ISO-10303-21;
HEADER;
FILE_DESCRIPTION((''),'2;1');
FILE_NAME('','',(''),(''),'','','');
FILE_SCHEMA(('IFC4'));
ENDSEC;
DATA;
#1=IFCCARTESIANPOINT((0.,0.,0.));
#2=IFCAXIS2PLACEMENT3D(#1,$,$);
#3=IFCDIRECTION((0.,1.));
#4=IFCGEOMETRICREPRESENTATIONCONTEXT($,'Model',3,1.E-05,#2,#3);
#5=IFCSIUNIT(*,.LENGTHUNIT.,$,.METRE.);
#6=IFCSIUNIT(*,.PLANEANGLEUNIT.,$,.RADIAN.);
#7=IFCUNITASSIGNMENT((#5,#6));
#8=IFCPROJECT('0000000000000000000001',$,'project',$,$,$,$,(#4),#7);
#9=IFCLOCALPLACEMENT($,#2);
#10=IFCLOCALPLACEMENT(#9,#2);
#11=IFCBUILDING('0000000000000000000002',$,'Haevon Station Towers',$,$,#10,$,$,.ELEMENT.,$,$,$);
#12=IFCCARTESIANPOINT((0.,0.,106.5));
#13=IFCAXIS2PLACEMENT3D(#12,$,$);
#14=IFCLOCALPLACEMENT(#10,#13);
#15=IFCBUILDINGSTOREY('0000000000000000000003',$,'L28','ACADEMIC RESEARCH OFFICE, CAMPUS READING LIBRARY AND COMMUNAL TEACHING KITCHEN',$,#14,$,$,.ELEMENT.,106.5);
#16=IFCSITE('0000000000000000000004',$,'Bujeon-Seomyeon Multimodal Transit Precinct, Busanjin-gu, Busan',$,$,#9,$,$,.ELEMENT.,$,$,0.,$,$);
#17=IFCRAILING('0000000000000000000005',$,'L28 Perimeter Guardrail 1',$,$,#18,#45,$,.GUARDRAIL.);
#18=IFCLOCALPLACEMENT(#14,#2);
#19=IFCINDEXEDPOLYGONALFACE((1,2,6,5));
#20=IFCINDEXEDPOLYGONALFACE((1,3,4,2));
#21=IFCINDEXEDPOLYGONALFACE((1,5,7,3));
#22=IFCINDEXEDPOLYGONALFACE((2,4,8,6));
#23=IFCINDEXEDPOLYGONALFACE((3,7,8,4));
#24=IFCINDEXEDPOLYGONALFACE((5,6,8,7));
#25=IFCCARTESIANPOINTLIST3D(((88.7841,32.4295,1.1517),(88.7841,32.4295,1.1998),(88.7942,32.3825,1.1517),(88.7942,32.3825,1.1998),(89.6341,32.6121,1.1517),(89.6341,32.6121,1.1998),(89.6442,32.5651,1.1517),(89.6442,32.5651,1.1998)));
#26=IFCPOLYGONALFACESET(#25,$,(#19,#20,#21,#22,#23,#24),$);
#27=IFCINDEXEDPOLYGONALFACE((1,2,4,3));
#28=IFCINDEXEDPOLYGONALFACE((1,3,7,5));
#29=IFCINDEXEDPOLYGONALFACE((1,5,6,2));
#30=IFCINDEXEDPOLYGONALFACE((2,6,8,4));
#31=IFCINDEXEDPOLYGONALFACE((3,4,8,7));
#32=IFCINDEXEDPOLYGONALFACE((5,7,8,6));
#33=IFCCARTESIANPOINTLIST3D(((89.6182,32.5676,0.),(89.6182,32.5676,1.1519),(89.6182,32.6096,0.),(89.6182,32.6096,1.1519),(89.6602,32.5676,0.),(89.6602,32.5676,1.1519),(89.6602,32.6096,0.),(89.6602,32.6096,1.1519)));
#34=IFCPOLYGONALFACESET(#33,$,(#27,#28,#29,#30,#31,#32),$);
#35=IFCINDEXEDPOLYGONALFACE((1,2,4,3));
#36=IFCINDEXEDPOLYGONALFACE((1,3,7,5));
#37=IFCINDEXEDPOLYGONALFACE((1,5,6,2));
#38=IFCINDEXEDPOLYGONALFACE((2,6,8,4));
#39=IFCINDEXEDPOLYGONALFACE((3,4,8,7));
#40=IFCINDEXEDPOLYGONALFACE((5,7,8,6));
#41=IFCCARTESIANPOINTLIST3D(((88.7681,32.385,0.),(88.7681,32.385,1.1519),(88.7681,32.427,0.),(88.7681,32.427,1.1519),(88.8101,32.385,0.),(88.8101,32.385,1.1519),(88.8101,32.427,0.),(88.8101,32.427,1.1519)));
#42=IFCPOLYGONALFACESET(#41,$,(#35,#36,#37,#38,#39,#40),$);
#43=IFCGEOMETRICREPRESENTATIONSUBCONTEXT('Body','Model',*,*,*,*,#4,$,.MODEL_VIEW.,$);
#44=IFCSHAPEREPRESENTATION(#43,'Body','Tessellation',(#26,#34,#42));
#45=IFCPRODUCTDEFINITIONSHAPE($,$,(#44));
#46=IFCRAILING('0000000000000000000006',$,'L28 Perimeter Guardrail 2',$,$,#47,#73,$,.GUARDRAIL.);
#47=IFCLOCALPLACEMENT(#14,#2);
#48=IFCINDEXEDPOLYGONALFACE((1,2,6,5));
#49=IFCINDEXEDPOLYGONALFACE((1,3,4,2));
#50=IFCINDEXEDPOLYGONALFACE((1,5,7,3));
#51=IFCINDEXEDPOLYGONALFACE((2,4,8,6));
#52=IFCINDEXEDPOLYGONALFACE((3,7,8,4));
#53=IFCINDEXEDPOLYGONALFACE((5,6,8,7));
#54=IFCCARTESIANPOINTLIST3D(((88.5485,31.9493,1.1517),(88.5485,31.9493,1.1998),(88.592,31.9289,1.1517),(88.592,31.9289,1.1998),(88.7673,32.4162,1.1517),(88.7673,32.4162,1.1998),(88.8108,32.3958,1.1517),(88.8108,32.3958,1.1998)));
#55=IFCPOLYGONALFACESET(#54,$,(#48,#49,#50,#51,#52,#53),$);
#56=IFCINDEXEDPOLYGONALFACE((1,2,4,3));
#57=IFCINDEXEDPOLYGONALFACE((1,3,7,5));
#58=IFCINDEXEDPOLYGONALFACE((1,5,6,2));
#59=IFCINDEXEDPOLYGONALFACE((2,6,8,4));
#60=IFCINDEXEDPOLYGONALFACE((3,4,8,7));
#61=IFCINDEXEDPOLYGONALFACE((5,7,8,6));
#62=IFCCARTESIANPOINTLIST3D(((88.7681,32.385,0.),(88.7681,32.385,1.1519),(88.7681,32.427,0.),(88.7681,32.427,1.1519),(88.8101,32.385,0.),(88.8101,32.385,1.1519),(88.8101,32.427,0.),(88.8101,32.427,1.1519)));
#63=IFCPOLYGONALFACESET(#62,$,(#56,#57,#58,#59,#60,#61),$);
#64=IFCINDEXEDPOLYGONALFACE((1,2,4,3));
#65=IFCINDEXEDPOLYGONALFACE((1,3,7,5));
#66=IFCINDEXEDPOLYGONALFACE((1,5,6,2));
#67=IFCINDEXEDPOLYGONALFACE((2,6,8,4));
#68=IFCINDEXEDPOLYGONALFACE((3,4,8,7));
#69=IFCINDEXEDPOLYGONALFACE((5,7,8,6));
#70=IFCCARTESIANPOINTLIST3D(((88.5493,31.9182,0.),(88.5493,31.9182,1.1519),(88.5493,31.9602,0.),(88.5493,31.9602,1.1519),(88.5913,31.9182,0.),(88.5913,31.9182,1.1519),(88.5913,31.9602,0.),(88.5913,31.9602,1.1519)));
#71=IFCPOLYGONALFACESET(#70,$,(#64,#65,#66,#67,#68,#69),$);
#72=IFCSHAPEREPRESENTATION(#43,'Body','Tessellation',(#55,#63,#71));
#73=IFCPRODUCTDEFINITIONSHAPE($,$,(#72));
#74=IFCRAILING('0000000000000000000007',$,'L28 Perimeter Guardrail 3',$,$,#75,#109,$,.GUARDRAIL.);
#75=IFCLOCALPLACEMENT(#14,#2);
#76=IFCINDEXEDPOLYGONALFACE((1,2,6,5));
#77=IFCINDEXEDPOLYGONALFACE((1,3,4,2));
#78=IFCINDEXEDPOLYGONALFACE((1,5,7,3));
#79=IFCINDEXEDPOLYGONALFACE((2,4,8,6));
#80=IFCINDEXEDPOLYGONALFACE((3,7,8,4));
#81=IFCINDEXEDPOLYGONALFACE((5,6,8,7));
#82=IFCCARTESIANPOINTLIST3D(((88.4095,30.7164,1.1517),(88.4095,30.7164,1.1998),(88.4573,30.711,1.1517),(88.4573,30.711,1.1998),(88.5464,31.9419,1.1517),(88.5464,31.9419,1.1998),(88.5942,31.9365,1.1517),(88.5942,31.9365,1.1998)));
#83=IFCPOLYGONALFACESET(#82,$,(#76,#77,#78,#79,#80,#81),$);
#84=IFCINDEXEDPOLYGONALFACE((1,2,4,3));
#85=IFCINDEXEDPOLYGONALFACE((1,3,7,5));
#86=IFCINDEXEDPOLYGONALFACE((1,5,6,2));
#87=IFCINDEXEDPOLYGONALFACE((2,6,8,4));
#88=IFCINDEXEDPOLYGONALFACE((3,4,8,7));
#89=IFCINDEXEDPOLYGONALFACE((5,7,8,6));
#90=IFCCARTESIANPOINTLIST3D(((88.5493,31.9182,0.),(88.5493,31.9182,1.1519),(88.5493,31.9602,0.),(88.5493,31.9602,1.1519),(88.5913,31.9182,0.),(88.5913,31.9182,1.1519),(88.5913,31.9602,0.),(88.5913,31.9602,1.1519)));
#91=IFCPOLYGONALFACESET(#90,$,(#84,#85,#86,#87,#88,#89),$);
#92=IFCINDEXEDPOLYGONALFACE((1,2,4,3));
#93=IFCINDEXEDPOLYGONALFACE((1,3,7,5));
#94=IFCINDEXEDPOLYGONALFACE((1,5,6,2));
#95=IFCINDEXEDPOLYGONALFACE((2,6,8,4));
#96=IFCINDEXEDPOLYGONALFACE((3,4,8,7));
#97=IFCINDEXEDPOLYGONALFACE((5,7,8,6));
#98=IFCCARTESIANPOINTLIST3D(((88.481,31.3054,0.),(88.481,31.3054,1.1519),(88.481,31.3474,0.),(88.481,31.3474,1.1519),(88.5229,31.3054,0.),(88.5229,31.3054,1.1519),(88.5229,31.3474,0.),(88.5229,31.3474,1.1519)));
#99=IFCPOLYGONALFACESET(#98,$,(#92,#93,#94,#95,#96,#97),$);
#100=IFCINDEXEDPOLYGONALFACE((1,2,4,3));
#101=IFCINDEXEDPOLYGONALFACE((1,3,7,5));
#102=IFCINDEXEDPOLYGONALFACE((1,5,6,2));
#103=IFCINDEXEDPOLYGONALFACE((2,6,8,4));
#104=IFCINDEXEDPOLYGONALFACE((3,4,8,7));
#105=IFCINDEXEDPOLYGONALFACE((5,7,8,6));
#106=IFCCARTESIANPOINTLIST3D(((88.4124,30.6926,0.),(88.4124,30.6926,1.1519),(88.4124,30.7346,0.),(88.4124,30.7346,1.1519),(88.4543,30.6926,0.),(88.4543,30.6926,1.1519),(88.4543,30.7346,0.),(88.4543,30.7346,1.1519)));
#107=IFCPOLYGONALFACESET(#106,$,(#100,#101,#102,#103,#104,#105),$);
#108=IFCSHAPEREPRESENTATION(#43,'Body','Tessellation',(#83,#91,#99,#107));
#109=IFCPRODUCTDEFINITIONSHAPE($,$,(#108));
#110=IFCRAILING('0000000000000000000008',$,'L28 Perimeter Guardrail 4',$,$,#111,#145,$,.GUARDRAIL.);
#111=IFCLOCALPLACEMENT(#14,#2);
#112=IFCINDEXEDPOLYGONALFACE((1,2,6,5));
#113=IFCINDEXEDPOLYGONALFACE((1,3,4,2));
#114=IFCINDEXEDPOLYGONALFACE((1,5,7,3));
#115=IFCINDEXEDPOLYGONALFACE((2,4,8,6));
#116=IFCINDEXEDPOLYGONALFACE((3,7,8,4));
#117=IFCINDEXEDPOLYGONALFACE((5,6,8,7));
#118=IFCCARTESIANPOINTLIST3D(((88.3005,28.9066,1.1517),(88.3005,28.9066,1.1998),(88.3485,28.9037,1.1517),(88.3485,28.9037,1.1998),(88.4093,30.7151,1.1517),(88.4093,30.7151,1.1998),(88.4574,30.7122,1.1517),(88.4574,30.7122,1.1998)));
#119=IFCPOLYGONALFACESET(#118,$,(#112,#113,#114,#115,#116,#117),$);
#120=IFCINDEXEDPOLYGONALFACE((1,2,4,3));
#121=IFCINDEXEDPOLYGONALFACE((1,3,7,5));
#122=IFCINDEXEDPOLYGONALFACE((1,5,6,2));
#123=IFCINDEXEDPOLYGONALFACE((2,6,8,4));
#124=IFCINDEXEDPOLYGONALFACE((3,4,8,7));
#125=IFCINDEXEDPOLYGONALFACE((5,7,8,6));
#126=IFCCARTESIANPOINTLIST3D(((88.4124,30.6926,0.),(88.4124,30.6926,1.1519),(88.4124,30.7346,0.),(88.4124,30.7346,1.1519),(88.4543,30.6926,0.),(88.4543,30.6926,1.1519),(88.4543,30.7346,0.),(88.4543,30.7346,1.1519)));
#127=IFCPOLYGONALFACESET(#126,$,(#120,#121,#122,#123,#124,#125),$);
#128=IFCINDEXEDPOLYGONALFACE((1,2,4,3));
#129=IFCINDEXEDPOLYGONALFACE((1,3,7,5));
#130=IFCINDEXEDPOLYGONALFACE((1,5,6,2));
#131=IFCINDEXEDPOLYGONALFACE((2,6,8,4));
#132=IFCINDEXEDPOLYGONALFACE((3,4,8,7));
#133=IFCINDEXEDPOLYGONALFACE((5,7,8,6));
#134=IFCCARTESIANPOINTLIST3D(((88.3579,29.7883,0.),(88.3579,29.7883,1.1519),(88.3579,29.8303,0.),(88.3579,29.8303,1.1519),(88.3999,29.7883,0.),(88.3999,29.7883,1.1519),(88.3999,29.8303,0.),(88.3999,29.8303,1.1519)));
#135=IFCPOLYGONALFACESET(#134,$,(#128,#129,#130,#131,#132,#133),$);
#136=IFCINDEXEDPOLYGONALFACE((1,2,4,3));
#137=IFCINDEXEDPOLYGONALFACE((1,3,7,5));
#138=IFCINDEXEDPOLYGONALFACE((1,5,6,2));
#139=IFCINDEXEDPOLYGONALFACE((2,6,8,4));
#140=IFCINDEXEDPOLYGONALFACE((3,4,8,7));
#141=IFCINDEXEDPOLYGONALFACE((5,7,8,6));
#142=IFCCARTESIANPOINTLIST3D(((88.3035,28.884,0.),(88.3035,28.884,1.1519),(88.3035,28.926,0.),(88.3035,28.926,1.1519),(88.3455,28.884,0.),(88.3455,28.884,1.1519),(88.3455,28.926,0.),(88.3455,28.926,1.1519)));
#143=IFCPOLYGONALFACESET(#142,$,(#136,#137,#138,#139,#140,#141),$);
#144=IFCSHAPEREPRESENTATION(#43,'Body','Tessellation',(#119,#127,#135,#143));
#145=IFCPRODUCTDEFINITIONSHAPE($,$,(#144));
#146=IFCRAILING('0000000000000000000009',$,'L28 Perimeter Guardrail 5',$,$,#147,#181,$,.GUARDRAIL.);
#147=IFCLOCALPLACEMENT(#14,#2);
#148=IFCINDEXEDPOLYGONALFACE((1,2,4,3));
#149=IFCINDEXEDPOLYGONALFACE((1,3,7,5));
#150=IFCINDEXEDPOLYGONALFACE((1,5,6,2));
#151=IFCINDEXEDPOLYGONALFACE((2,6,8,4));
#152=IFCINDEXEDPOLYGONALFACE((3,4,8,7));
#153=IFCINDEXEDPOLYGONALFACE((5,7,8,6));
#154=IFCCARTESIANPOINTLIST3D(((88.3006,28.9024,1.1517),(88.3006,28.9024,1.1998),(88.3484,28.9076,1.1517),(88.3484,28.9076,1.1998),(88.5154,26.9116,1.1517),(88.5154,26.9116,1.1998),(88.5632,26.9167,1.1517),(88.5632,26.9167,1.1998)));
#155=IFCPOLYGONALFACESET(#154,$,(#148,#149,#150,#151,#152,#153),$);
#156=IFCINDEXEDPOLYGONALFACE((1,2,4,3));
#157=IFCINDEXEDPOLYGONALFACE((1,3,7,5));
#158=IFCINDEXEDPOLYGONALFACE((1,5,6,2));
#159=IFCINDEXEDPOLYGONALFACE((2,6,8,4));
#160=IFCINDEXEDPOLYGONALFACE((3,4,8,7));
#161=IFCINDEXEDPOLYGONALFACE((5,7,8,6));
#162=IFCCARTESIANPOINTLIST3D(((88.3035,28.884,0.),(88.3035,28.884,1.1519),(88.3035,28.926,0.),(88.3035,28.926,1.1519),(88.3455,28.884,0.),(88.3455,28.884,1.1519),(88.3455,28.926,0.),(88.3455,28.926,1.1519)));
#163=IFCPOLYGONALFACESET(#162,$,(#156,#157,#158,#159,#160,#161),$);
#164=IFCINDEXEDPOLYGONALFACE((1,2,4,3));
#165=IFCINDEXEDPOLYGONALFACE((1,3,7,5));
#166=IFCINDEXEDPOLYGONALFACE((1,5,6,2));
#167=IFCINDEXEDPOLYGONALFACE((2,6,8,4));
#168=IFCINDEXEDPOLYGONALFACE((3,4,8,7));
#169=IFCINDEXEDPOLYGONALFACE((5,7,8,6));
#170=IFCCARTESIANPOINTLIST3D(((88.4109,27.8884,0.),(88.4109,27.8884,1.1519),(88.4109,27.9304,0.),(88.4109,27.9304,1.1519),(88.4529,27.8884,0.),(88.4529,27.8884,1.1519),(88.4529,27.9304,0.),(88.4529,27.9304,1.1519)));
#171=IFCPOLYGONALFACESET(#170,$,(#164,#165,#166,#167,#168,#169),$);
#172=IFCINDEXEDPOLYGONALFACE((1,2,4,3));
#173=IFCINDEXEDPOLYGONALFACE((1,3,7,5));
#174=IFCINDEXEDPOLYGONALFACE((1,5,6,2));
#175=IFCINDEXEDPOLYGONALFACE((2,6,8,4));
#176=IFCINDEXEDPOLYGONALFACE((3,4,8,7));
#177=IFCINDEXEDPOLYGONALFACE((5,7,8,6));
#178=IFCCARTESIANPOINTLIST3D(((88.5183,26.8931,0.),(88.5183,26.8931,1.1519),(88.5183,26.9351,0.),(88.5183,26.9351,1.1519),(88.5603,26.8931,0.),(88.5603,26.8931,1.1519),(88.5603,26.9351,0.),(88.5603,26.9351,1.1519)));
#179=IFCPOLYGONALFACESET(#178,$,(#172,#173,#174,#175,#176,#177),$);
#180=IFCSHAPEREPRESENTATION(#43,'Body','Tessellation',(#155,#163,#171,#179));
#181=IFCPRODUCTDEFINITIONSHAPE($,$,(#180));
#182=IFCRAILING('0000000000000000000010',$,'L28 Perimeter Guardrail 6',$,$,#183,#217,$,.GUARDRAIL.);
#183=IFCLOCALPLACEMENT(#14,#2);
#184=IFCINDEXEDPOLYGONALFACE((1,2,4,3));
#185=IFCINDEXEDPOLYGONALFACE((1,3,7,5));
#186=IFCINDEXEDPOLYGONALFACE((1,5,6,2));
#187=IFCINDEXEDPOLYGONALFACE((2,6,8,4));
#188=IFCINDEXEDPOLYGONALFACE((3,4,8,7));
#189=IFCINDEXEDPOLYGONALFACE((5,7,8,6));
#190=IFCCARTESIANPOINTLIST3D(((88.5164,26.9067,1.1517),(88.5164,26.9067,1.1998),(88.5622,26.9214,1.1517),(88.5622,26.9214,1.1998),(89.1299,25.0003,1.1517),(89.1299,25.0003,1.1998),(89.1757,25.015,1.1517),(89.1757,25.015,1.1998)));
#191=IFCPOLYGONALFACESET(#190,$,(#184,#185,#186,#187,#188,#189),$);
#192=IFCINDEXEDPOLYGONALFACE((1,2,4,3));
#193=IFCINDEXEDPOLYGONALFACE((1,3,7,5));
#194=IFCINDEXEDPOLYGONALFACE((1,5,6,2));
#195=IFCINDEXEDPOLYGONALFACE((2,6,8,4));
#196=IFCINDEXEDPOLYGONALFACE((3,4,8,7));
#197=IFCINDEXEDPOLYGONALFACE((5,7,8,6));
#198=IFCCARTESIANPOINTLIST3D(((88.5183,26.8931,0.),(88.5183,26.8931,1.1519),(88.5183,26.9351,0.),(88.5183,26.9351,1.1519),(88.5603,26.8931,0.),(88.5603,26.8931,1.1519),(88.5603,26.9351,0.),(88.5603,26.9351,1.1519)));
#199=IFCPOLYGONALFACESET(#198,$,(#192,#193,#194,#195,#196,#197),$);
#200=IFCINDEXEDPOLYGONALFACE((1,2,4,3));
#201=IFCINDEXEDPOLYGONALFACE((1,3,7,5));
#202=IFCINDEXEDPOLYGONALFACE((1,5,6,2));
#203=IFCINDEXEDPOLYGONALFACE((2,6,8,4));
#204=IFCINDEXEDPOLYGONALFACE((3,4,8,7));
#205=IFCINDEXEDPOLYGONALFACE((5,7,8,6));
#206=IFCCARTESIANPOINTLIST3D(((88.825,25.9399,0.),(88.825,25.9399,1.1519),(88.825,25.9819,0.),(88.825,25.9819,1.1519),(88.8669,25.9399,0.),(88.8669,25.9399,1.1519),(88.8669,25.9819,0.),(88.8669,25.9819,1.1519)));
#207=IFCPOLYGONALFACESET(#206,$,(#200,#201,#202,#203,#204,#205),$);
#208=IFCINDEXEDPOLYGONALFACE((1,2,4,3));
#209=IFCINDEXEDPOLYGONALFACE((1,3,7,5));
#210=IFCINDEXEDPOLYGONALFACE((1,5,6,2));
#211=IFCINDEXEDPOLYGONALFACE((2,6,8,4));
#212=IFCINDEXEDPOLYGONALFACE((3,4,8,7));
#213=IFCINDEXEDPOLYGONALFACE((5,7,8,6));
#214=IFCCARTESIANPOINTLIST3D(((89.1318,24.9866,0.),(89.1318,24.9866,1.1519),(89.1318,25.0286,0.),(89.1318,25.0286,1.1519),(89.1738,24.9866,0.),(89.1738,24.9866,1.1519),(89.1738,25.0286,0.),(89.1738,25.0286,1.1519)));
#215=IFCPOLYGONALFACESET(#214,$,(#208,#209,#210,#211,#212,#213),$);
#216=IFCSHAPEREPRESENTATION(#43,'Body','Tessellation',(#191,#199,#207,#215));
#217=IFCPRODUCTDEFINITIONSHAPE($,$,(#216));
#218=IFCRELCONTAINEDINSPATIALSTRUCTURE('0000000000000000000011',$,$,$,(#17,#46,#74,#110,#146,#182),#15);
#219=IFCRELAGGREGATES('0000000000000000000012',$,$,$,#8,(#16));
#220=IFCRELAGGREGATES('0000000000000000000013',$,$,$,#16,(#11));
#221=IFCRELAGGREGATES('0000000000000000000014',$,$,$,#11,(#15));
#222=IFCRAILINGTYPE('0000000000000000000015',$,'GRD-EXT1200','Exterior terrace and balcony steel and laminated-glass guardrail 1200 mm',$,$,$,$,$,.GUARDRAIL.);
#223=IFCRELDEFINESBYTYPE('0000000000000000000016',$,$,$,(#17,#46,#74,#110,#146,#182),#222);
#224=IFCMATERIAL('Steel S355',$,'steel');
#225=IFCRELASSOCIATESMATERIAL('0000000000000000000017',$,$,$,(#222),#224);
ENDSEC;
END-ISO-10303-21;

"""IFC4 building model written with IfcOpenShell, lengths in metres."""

from ifc_helpers import new_model, si_unit, direction, frame, origin, origin_2d, place, context, subcontext, project, spatial, rectangle, extrude, material, type_object, element, save


model = new_model("IFC4")

# Units and contexts
model_context = context("Model", 3, precision=1e-05, world=origin(), true_north=direction((0.0, 1.0)))
body_context = subcontext(model_context, "Body", "Model", "MODEL_VIEW")
ifc_project = project(units=[si_unit("LENGTHUNIT", "METRE"), si_unit("PLANEANGLEUNIT", "RADIAN")], contexts=[model_context])

# Site, building, storey
site_placement = place(None, origin())
site = spatial("IfcSite", under=ifc_project, at=site_placement, Name="Bujeon-Seomyeon Multimodal Transit Precinct, Busanjin-gu, Busan", CompositionType="ELEMENT", RefElevation=0.0)
building_placement = place(site_placement, origin())
building = spatial("IfcBuilding", under=site, at=building_placement, Name="Haevon Station Towers", CompositionType="ELEMENT")
storey_placement = place(building_placement, frame((0.0, 0.0, 106.5)))
storey = spatial("IfcBuildingStorey", under=building, at=storey_placement, Name="L28", Description="ACADEMIC RESEARCH OFFICE, CAMPUS READING LIBRARY AND COMMUNAL TEACHING KITCHEN", CompositionType="ELEMENT", Elevation=106.5)

# Shared definitions
ifc_material_1 = material(Name="Steel S355", Category="steel")

# Railings
railing_type = type_object("IfcRailingType", Name="GRD-EXT1200", Description="Exterior terrace and balcony steel and laminated-glass guardrail 1200 mm", PredefinedType="GUARDRAIL", material=ifc_material_1)
railing_1_placement = place(storey_placement, frame((89.6392, 32.5886, 0.0)))
element("IfcRailing", 1, at=railing_1_placement, inside=storey, type_object=railing_type, Name="L28 Perimeter Guardrail 1", PredefinedType="GUARDRAIL", context=body_context, shape_type="SweptSolid", body=[
    extrude(rectangle(XDim=0.0481, YDim=0.0481, at=origin_2d()), frame((0.0, 0.0, 1.1758), z_axis=(-0.977695, -0.210028, 0.0), x_axis=(0.210028, -0.977695, 0.0)), (0.0, 0.0, 1.0), 0.8694),
    extrude(rectangle(XDim=0.042, YDim=0.042, at=origin_2d()), origin(), (0.0, 0.0, 1.0), 1.1519),
    extrude(rectangle(XDim=0.042, YDim=0.042, at=origin_2d()), frame((-0.8501, -0.1826, 0.0)), (0.0, 0.0, 1.0), 1.1519),
])
railing_2_placement = place(storey_placement, frame((88.7891, 32.406, 0.0)))
element("IfcRailing", 2, at=railing_2_placement, inside=storey, type_object=railing_type, Name="L28 Perimeter Guardrail 2", PredefinedType="GUARDRAIL", context=body_context, shape_type="SweptSolid", body=[
    extrude(rectangle(XDim=0.0481, YDim=0.0481, at=origin_2d()), frame((0.0, 0.0, 1.1758), z_axis=(-0.424337, -0.905504, 0.0), x_axis=(0.905504, -0.424337, 0.0)), (0.0, 0.0, 1.0), 0.5156),
    extrude(rectangle(XDim=0.042, YDim=0.042, at=origin_2d()), origin(), (0.0, 0.0, 1.0), 1.1519),
    extrude(rectangle(XDim=0.042, YDim=0.042, at=origin_2d()), frame((-0.2188, -0.4668, 0.0)), (0.0, 0.0, 1.0), 1.1519),
])
railing_3_placement = place(storey_placement, frame((88.5703, 31.9392, 0.0)))
element("IfcRailing", 3, at=railing_3_placement, inside=storey, type_object=railing_type, Name="L28 Perimeter Guardrail 3", PredefinedType="GUARDRAIL", context=body_context, shape_type="SweptSolid", body=[
    extrude(rectangle(XDim=0.0481, YDim=0.0481, at=origin_2d()), frame((0.0, 0.0, 1.1758), z_axis=(-0.111062, -0.993814, 0.0), x_axis=(0.993814, -0.111062, 0.0)), (0.0, 0.0, 1.0), 1.2332),
    extrude(rectangle(XDim=0.042, YDim=0.042, at=origin_2d()), origin(), (0.0, 0.0, 1.0), 1.1519),
    extrude(rectangle(XDim=0.042, YDim=0.042, at=origin_2d()), frame((-0.0684, -0.6128, 0.0)), (0.0, 0.0, 1.0), 1.1519),
    extrude(rectangle(XDim=0.042, YDim=0.042, at=origin_2d()), frame((-0.137, -1.2256, 0.0)), (0.0, 0.0, 1.0), 1.1519),
])
railing_4_placement = place(storey_placement, frame((88.4333, 30.7136, 0.0)))
element("IfcRailing", 4, at=railing_4_placement, inside=storey, type_object=railing_type, Name="L28 Perimeter Guardrail 4", PredefinedType="GUARDRAIL", context=body_context, shape_type="SweptSolid", body=[
    extrude(rectangle(XDim=0.0481, YDim=0.0481, at=origin_2d()), frame((0.0, 0.0, 1.1758), z_axis=(-0.060096, -0.998193, 0.0), x_axis=(0.998193, -0.060096, 0.0)), (0.0, 0.0, 1.0), 1.8118),
    extrude(rectangle(XDim=0.042, YDim=0.042, at=origin_2d()), origin(), (0.0, 0.0, 1.0), 1.1519),
    extrude(rectangle(XDim=0.042, YDim=0.042, at=origin_2d()), frame((-0.0544, -0.9043, 0.0)), (0.0, 0.0, 1.0), 1.1519),
    extrude(rectangle(XDim=0.042, YDim=0.042, at=origin_2d()), frame((-0.1089, -1.8086, 0.0)), (0.0, 0.0, 1.0), 1.1519),
])
railing_5_placement = place(storey_placement, frame((88.3245, 28.905, 0.0)))
element("IfcRailing", 5, at=railing_5_placement, inside=storey, type_object=railing_type, Name="L28 Perimeter Guardrail 5", PredefinedType="GUARDRAIL", context=body_context, shape_type="SweptSolid", body=[
    extrude(rectangle(XDim=0.0481, YDim=0.0481, at=origin_2d()), frame((0.0, 0.0, 1.1758), z_axis=(0.107286, -0.994228, 0.0), x_axis=(0.994228, 0.107286, 0.0)), (0.0, 0.0, 1.0), 2.0024),
    extrude(rectangle(XDim=0.042, YDim=0.042, at=origin_2d()), origin(), (0.0, 0.0, 1.0), 1.1519),
    extrude(rectangle(XDim=0.042, YDim=0.042, at=origin_2d()), frame((0.1074, -0.9956, 0.0)), (0.0, 0.0, 1.0), 1.1519),
    extrude(rectangle(XDim=0.042, YDim=0.042, at=origin_2d()), frame((0.2148, -1.991, 0.0)), (0.0, 0.0, 1.0), 1.1519),
])
railing_6_placement = place(storey_placement, frame((88.5393, 26.9141, 0.0)))
element("IfcRailing", 6, at=railing_6_placement, inside=storey, type_object=railing_type, Name="L28 Perimeter Guardrail 6", PredefinedType="GUARDRAIL", context=body_context, shape_type="SweptSolid", body=[
    extrude(rectangle(XDim=0.0481, YDim=0.0481, at=origin_2d()), frame((0.0, 0.0, 1.1758), z_axis=(0.306337, -0.951923, 0.0), x_axis=(0.951923, 0.306337, 0.0)), (0.0, 0.0, 1.0), 2.0027),
    extrude(rectangle(XDim=0.042, YDim=0.042, at=origin_2d()), origin(), (0.0, 0.0, 1.0), 1.1519),
    extrude(rectangle(XDim=0.042, YDim=0.042, at=origin_2d()), frame((0.3066, -0.9531, 0.0)), (0.0, 0.0, 1.0), 1.1519),
    extrude(rectangle(XDim=0.042, YDim=0.042, at=origin_2d()), frame((0.6135, -1.9065, 0.0)), (0.0, 0.0, 1.0), 1.1519),
])

save(model, "model.ifc")
